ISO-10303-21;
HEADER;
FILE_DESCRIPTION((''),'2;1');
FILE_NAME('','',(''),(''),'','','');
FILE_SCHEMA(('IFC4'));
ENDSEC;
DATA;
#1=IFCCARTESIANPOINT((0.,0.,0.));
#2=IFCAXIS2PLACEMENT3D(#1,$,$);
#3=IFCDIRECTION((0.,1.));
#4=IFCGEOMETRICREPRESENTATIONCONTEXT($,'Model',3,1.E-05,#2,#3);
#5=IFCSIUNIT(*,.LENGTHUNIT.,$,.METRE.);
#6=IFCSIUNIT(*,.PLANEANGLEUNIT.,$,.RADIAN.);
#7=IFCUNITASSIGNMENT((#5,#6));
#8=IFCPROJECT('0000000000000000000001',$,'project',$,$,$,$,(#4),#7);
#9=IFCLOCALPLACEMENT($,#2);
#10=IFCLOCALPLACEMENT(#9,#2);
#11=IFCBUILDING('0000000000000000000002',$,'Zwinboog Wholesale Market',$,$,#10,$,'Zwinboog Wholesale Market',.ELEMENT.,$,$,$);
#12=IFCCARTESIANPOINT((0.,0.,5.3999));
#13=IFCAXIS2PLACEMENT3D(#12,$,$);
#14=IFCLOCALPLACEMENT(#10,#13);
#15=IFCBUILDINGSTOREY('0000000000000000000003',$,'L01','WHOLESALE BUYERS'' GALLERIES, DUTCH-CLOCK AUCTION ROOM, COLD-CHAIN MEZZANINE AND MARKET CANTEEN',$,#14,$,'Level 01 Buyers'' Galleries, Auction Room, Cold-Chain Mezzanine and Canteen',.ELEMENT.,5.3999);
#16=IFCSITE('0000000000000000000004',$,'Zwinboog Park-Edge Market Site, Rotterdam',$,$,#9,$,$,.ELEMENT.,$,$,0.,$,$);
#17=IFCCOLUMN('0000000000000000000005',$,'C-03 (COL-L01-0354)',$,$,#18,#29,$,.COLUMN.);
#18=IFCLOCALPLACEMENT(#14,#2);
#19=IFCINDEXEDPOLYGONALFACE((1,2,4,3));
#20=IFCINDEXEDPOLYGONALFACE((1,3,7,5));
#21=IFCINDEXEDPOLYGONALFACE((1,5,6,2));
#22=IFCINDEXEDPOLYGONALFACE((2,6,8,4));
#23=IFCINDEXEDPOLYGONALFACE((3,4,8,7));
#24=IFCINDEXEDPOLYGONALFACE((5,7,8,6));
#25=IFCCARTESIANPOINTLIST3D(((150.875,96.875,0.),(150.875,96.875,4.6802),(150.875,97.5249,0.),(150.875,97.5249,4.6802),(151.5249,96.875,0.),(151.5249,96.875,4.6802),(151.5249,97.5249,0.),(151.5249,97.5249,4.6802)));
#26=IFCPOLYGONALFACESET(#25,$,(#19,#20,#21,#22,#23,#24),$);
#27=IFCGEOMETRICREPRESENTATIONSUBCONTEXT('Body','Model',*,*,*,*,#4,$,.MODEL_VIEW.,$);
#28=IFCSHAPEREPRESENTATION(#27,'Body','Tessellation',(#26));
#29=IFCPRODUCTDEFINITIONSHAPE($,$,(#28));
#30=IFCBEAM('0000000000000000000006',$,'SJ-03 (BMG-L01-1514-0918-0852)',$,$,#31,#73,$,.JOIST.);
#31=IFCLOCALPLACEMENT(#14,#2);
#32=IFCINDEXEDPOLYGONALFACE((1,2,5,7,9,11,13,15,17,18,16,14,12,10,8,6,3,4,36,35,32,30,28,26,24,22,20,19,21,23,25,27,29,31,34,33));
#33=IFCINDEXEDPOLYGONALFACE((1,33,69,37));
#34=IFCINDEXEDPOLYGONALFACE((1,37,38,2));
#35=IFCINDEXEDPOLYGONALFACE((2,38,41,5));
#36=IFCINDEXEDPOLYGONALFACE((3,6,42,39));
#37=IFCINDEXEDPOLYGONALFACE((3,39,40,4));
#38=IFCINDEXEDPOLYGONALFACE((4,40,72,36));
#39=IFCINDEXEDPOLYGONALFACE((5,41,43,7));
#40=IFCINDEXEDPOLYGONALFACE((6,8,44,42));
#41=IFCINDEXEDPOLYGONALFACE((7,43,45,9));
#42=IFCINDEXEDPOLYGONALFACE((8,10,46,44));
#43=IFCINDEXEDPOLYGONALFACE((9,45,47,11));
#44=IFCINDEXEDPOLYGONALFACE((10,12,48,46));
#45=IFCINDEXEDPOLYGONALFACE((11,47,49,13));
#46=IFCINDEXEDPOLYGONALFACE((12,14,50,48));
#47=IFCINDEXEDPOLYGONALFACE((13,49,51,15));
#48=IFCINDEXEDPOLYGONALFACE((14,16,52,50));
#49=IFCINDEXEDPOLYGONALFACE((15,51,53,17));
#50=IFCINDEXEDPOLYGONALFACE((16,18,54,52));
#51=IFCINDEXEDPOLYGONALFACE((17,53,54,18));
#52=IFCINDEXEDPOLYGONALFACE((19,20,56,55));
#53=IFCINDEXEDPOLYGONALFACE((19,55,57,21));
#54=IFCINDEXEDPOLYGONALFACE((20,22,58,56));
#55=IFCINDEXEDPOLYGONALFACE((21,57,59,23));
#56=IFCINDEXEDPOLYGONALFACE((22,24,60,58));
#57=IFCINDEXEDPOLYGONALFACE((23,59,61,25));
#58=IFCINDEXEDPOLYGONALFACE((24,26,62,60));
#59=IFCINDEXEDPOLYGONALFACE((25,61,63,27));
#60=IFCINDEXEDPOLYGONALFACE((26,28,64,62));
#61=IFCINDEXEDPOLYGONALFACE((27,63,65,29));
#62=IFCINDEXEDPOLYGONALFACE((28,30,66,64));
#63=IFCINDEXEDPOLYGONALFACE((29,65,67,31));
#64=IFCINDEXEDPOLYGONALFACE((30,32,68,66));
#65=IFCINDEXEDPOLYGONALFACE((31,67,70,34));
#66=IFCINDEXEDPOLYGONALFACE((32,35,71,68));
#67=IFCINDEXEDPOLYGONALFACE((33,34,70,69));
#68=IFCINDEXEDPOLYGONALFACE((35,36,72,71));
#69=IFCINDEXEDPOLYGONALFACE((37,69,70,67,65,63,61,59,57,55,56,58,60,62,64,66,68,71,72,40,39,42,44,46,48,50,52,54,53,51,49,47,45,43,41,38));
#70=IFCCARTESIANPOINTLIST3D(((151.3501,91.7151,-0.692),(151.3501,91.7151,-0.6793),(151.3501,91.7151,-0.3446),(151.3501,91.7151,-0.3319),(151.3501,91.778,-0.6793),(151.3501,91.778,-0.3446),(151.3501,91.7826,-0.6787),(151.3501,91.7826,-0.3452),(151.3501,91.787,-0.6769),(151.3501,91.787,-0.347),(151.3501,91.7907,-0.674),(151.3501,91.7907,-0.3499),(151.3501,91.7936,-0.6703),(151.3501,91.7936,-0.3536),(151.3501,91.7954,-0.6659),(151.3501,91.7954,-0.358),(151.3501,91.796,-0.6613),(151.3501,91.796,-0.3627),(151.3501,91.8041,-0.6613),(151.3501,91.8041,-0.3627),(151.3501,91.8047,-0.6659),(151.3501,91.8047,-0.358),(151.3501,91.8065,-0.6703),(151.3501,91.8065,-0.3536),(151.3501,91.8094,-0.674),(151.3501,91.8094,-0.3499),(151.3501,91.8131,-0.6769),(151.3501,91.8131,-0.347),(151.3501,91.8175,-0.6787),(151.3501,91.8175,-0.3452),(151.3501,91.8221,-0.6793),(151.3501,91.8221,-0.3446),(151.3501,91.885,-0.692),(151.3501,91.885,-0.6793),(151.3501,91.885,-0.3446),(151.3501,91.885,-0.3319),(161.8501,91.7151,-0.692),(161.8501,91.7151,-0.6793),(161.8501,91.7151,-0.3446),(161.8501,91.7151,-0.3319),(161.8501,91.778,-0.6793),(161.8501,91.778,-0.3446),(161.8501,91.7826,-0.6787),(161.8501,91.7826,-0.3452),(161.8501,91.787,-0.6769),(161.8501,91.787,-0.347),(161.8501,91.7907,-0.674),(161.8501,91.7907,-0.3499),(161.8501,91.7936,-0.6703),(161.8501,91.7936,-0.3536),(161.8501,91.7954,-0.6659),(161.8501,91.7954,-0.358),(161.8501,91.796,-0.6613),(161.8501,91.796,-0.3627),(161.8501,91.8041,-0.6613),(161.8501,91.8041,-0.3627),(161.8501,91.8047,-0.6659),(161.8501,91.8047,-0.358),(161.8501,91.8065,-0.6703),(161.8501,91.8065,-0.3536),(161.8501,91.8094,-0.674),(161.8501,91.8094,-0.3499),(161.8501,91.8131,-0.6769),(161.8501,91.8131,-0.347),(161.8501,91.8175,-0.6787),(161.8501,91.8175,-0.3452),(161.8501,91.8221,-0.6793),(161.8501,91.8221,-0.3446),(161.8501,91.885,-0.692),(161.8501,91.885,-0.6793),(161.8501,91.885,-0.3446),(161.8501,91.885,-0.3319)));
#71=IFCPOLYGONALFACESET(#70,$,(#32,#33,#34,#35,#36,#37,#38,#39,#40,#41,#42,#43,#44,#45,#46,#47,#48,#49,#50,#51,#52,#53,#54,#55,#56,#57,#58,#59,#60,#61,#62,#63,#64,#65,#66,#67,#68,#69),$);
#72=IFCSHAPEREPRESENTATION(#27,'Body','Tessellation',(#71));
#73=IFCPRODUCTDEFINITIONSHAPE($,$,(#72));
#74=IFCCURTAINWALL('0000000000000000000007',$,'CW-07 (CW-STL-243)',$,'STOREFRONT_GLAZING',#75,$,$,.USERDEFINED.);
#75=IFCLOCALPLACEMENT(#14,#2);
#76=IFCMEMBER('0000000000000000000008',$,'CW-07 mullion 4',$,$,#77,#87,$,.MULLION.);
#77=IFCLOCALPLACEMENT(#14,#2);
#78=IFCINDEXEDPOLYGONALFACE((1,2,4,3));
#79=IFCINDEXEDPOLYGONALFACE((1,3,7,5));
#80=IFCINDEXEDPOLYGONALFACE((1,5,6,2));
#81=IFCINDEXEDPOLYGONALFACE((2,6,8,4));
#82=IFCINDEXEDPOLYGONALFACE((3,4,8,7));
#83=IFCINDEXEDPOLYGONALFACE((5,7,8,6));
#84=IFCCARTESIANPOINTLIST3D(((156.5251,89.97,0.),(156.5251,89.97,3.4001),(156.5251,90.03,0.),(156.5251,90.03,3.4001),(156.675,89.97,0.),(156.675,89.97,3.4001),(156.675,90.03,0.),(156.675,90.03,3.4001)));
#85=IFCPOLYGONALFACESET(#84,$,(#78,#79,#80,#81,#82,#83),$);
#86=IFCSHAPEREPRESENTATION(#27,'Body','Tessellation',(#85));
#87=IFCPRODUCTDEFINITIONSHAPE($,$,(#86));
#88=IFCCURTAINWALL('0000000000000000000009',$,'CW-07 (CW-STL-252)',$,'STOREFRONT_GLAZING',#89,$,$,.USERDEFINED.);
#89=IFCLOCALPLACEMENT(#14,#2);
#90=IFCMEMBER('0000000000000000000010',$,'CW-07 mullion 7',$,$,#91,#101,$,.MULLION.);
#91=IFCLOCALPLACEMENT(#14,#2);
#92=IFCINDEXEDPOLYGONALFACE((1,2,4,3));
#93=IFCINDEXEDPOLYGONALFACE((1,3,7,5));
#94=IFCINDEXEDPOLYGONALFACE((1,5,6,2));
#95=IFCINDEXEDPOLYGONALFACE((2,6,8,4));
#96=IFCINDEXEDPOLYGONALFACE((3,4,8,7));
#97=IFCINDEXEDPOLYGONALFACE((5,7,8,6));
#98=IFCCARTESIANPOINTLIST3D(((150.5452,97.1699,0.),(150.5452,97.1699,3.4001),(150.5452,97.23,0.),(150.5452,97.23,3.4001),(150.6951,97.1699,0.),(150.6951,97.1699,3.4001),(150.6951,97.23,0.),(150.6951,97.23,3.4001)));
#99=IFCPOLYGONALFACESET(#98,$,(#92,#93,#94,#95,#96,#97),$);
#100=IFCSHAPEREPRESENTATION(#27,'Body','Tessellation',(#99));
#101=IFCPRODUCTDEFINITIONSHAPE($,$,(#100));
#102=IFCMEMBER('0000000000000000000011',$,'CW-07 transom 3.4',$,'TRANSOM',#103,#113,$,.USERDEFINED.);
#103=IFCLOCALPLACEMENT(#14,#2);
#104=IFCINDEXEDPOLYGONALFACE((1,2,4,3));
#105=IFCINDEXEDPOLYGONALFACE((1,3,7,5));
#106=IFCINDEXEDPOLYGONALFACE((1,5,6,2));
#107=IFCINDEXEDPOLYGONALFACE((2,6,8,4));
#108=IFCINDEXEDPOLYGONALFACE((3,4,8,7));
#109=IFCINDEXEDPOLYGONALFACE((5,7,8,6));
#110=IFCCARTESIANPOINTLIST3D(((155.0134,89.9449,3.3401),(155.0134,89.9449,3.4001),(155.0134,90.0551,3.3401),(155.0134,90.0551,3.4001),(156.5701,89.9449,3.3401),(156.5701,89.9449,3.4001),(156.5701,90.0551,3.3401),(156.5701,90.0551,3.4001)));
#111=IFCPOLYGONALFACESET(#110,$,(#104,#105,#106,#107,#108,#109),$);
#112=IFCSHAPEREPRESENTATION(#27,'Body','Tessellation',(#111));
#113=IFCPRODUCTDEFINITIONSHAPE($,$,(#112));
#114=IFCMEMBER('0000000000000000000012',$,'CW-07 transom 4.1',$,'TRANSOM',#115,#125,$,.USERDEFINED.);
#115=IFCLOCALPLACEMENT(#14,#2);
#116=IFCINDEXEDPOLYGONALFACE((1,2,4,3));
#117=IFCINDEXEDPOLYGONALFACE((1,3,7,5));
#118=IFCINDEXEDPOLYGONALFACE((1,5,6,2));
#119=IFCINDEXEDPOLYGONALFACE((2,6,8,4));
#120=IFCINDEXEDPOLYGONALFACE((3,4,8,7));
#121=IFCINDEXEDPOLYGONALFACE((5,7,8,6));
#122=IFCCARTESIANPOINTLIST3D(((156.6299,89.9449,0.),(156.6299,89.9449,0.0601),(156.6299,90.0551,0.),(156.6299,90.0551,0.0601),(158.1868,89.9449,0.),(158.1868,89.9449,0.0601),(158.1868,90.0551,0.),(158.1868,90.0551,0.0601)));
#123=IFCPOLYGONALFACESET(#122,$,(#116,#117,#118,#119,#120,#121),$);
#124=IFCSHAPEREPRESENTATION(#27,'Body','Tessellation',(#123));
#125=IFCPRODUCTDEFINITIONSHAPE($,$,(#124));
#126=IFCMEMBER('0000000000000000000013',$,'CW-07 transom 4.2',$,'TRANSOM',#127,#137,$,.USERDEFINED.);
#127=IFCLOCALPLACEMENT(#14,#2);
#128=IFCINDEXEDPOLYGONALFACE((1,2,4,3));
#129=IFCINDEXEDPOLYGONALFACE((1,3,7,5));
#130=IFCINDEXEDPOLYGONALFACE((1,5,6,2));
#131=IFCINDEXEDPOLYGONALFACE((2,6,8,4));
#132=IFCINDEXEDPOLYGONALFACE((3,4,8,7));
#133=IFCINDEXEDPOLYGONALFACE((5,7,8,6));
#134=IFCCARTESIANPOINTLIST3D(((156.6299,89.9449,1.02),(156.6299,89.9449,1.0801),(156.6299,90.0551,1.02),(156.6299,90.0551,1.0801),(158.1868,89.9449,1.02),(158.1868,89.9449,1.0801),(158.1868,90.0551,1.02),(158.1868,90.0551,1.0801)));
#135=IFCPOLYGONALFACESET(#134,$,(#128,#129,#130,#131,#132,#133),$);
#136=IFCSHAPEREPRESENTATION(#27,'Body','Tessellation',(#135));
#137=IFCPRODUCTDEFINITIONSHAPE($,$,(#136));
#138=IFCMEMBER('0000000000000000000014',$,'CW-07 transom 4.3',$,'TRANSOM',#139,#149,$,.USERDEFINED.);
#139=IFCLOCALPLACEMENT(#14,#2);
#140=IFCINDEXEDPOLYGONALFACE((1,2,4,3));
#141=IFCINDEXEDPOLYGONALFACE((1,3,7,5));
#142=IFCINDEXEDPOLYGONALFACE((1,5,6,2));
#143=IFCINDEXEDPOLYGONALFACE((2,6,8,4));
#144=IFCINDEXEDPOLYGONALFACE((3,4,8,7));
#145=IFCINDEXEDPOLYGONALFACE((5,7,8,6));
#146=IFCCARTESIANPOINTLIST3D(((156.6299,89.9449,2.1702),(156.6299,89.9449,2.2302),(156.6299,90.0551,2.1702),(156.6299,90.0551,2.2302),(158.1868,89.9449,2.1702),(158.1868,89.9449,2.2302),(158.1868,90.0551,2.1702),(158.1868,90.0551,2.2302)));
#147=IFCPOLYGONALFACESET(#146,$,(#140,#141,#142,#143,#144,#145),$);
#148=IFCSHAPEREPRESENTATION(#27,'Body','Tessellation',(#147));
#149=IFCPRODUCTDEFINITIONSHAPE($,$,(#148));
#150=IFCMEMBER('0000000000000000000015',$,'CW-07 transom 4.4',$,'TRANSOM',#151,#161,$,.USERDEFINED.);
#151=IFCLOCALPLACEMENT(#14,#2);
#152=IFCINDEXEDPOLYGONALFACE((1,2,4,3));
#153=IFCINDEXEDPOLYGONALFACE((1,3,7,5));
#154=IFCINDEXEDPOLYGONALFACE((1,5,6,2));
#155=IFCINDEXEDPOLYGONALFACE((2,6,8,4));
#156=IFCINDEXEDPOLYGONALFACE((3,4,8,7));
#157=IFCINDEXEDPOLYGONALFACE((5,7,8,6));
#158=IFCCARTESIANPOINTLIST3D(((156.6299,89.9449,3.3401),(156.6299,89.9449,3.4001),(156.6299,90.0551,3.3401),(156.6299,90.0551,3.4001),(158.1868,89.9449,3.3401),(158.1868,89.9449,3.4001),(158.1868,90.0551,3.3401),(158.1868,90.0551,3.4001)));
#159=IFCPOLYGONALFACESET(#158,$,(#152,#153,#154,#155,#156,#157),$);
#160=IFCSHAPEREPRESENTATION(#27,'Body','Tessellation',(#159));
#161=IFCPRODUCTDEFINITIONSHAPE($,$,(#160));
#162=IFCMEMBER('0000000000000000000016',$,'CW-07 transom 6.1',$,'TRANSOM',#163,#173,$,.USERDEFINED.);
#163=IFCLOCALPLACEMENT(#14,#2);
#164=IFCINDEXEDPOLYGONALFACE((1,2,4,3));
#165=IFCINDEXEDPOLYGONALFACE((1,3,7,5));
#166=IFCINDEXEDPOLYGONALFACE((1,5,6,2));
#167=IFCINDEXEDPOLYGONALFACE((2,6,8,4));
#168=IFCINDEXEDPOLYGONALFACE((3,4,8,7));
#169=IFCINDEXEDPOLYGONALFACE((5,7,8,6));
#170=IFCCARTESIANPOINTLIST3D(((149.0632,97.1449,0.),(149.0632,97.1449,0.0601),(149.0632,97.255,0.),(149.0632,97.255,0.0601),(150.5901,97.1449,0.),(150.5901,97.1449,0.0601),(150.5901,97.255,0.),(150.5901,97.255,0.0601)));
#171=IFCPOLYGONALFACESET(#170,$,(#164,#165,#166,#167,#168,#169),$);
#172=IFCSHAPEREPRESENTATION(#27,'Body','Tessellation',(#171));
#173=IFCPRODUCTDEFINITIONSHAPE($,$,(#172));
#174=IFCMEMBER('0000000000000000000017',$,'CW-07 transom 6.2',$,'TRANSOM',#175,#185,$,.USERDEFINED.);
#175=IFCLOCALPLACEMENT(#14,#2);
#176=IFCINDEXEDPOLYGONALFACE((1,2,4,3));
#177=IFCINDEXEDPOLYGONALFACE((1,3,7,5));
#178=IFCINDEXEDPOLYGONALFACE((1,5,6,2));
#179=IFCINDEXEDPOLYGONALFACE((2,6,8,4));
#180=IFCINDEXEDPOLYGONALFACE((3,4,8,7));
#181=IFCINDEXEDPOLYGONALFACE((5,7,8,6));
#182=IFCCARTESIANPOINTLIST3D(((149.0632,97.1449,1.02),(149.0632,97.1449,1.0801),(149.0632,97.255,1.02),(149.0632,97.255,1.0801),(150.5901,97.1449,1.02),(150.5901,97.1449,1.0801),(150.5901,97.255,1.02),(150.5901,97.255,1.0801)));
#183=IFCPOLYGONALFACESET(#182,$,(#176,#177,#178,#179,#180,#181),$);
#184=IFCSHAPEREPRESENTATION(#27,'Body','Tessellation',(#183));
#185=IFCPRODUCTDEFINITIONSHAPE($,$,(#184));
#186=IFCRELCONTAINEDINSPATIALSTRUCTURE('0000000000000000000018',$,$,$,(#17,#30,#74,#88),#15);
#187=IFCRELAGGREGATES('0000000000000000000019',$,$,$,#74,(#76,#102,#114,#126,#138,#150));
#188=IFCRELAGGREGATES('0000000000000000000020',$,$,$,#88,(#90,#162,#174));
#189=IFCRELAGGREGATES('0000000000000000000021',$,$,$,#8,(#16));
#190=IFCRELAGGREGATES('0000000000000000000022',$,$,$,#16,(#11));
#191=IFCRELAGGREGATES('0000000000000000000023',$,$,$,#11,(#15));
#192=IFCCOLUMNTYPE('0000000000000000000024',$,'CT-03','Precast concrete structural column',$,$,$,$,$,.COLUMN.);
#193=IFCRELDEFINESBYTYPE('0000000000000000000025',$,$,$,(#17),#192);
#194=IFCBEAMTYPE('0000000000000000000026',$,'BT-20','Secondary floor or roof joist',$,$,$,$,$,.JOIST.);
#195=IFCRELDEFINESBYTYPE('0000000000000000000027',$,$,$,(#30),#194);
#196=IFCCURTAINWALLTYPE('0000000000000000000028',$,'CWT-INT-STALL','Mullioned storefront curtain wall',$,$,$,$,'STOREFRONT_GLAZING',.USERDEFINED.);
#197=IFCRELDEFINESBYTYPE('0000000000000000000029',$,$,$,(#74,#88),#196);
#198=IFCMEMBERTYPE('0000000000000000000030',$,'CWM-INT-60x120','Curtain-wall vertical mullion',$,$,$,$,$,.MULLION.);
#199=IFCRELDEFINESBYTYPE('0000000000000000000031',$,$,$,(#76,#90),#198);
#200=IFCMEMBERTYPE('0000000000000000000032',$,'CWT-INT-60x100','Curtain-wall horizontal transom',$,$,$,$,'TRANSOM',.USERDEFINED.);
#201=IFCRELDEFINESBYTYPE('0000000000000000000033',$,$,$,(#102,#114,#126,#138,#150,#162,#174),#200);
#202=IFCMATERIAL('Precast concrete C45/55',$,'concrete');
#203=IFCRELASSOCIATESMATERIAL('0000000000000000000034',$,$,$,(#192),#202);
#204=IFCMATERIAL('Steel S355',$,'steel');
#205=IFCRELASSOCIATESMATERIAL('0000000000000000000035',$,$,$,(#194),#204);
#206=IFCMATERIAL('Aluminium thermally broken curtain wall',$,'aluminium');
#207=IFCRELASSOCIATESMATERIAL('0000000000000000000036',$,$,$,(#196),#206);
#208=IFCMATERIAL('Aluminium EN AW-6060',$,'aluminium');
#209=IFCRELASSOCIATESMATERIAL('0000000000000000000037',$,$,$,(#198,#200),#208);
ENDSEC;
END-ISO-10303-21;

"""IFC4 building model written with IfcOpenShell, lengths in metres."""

from ifc_helpers import new_model, si_unit, direction, frame, origin, origin_2d, place, context, subcontext, project, spatial, rectangle, i_section, extrude, material, material_profile, profile_set, type_object, element, aggregate, save


model = new_model("IFC4")

# Units and contexts
model_context = context("Model", 3, precision=1e-05, world=origin(), true_north=direction((0.0, 1.0)))
body_context = subcontext(model_context, "Body", "Model", "MODEL_VIEW")
ifc_project = project(units=[si_unit("LENGTHUNIT", "METRE"), si_unit("PLANEANGLEUNIT", "RADIAN")], contexts=[model_context])

# Site, building, storey
site_placement = place(None, origin())
site = spatial("IfcSite", under=ifc_project, at=site_placement, Name="Zwinboog Park-Edge Market Site, Rotterdam", CompositionType="ELEMENT", RefElevation=0.0)
building_placement = place(site_placement, origin())
building = spatial("IfcBuilding", under=site, at=building_placement, Name="Zwinboog Wholesale Market", LongName="Zwinboog Wholesale Market", CompositionType="ELEMENT")
storey_placement = place(building_placement, frame((0.0, 0.0, 5.3999)))
storey = spatial("IfcBuildingStorey", under=building, at=storey_placement, Name="L01", Description="WHOLESALE BUYERS' GALLERIES, DUTCH-CLOCK AUCTION ROOM, COLD-CHAIN MEZZANINE AND MARKET CANTEEN", LongName="Level 01 Buyers' Galleries, Auction Room, Cold-Chain Mezzanine and Canteen", CompositionType="ELEMENT", Elevation=5.3999)

# Column
ifc_material_1 = material(Name="Precast concrete C45/55", Category="concrete")
ifc_material_profile_1 = material_profile(ifc_material_1, rectangle(XDim=0.6499, YDim=0.6499, at=origin_2d()), Name="PC 650x650")
ifc_profile_set_1 = profile_set([ifc_material_profile_1], Name="Precast concrete C45/55")
column_type = type_object("IfcColumnType", Name="CT-03", Description="Precast concrete structural column", PredefinedType="COLUMN", material=ifc_profile_set_1)
column_placement = place(storey_placement, frame((151.2, 97.2, 0.0), z_axis=(0.0, 0.0, 1.0), x_axis=(1.0, 0.0, 0.0)))
element("IfcColumn", 1, at=column_placement, inside=storey, type_object=column_type, Name="C-03 (COL-L01-0354)", PredefinedType="COLUMN", context=body_context, shape_type="SweptSolid", body=[
    extrude(rectangle(XDim=0.6499, YDim=0.6499, at=origin_2d()), origin(), (0.0, 0.0, 1.0), 4.6802),
])

# Beam
ifc_material_2 = material(Name="Steel S355", Category="steel")
ifc_material_profile_2 = material_profile(ifc_material_2, i_section(OverallWidth=0.1699, OverallDepth=0.3601, WebThickness=0.0081, FlangeThickness=0.0127, FilletRadius=0.0181, at=origin_2d()), Name="IPE 360")
ifc_profile_set_2 = profile_set([ifc_material_profile_2], Name="Steel S355")
beam_type = type_object("IfcBeamType", Name="BT-20", Description="Secondary floor or roof joist", PredefinedType="JOIST", material=ifc_profile_set_2)
beam_placement = place(storey_placement, frame((151.3501, 91.8, -0.512), z_axis=(1.0, 0.0, 0.0), x_axis=(0.0, 1.0, 0.0)))
element("IfcBeam", 2, at=beam_placement, inside=storey, type_object=beam_type, Name="SJ-03 (BMG-L01-1514-0918-0852)", PredefinedType="JOIST", context=body_context, shape_type="SweptSolid", body=[
    extrude(i_section(OverallWidth=0.1699, OverallDepth=0.3601, WebThickness=0.0081, FlangeThickness=0.0127, FilletRadius=0.0181, at=origin_2d()), origin(), (0.0, 0.0, 1.0), 10.5),
])

# Curtain walls, members
ifc_material_3 = material(Name="Aluminium thermally broken curtain wall", Category="aluminium")
curtain_wall_type = type_object("IfcCurtainWallType", Name="CWT-INT-STALL", Description="Mullioned storefront curtain wall", ElementType="STOREFRONT_GLAZING", PredefinedType="USERDEFINED", material=ifc_material_3)
curtain_wall_1_placement = place(storey_placement, origin())
curtain_wall_1 = element("IfcCurtainWall", 3, at=curtain_wall_1_placement, inside=storey, type_object=curtain_wall_type, Name="CW-07 (CW-STL-243)", ObjectType="STOREFRONT_GLAZING", PredefinedType="USERDEFINED")
ifc_material_4 = material(Name="Aluminium EN AW-6060", Category="aluminium")
ifc_material_profile_3 = material_profile(ifc_material_4, rectangle(XDim=0.0601, YDim=0.1499, at=origin_2d()), Name="AL 60x150")
ifc_profile_set_3 = profile_set([ifc_material_profile_3], Name="Aluminium EN AW-6060")
member_type_1 = type_object("IfcMemberType", Name="CWM-INT-60x120", Description="Curtain-wall vertical mullion", PredefinedType="MULLION", material=ifc_profile_set_3)
member_1_placement = place(storey_placement, frame((156.6001, 90.0, 0.0), z_axis=(0.0, 0.0, 1.0), x_axis=(0.0, 1.0, 0.0)))
member_1 = element("IfcMember", 4, at=member_1_placement, type_object=member_type_1, Name="CW-07 mullion 4", PredefinedType="MULLION", context=body_context, shape_type="SweptSolid", body=[
    extrude(rectangle(XDim=0.0601, YDim=0.1499, at=origin_2d()), origin(), (0.0, 0.0, 1.0), 3.4001),
])
curtain_wall_2_placement = place(storey_placement, origin())
curtain_wall_2 = element("IfcCurtainWall", 5, at=curtain_wall_2_placement, inside=storey, type_object=curtain_wall_type, Name="CW-07 (CW-STL-252)", ObjectType="STOREFRONT_GLAZING", PredefinedType="USERDEFINED")
member_2_placement = place(storey_placement, frame((150.6201, 97.2, 0.0), z_axis=(0.0, 0.0, 1.0), x_axis=(0.0, 1.0, 0.0)))
member_2 = element("IfcMember", 6, at=member_2_placement, type_object=member_type_1, Name="CW-07 mullion 7", PredefinedType="MULLION", context=body_context, shape_type="SweptSolid", body=[
    extrude(rectangle(XDim=0.0601, YDim=0.1499, at=origin_2d()), origin(), (0.0, 0.0, 1.0), 3.4001),
])

# Members
ifc_material_profile_4 = material_profile(ifc_material_4, rectangle(XDim=0.1101, YDim=0.0601, at=origin_2d()), Name="AL 60x110")
ifc_profile_set_4 = profile_set([ifc_material_profile_4], Name="Aluminium EN AW-6060")
member_type_2 = type_object("IfcMemberType", Name="CWT-INT-60x100", Description="Curtain-wall horizontal transom", ElementType="TRANSOM", PredefinedType="USERDEFINED", material=ifc_profile_set_4)
member_3_placement = place(storey_placement, frame((155.0134, 90.0, 3.3701), z_axis=(1.0, 0.0, 0.0), x_axis=(0.0, 1.0, 0.0)))
member_3 = element("IfcMember", 7, at=member_3_placement, type_object=member_type_2, Name="CW-07 transom 3.4", ObjectType="TRANSOM", PredefinedType="USERDEFINED", context=body_context, shape_type="SweptSolid", body=[
    extrude(rectangle(XDim=0.1101, YDim=0.0601, at=origin_2d()), origin(), (0.0, 0.0, 1.0), 1.5566),
])
member_4_placement = place(storey_placement, frame((156.6299, 90.0, 0.03), z_axis=(1.0, 0.0, 0.0), x_axis=(0.0, 1.0, 0.0)))
member_4 = element("IfcMember", 8, at=member_4_placement, type_object=member_type_2, Name="CW-07 transom 4.1", ObjectType="TRANSOM", PredefinedType="USERDEFINED", context=body_context, shape_type="SweptSolid", body=[
    extrude(rectangle(XDim=0.1101, YDim=0.0601, at=origin_2d()), origin(), (0.0, 0.0, 1.0), 1.5569),
])
member_5_placement = place(storey_placement, frame((156.6299, 90.0, 1.05), z_axis=(1.0, 0.0, 0.0), x_axis=(0.0, 1.0, 0.0)))
member_5 = element("IfcMember", 9, at=member_5_placement, type_object=member_type_2, Name="CW-07 transom 4.2", ObjectType="TRANSOM", PredefinedType="USERDEFINED", context=body_context, shape_type="SweptSolid", body=[
    extrude(rectangle(XDim=0.1101, YDim=0.0601, at=origin_2d()), origin(), (0.0, 0.0, 1.0), 1.5569),
])
member_6_placement = place(storey_placement, frame((156.6299, 90.0, 2.2002), z_axis=(1.0, 0.0, 0.0), x_axis=(0.0, 1.0, 0.0)))
member_6 = element("IfcMember", 10, at=member_6_placement, type_object=member_type_2, Name="CW-07 transom 4.3", ObjectType="TRANSOM", PredefinedType="USERDEFINED", context=body_context, shape_type="SweptSolid", body=[
    extrude(rectangle(XDim=0.1101, YDim=0.0601, at=origin_2d()), origin(), (0.0, 0.0, 1.0), 1.5569),
])
member_7_placement = place(storey_placement, frame((156.6299, 90.0, 3.3701), z_axis=(1.0, 0.0, 0.0), x_axis=(0.0, 1.0, 0.0)))
member_7 = element("IfcMember", 11, at=member_7_placement, type_object=member_type_2, Name="CW-07 transom 4.4", ObjectType="TRANSOM", PredefinedType="USERDEFINED", context=body_context, shape_type="SweptSolid", body=[
    extrude(rectangle(XDim=0.1101, YDim=0.0601, at=origin_2d()), origin(), (0.0, 0.0, 1.0), 1.5569),
])
member_8_placement = place(storey_placement, frame((149.0632, 97.2, 0.03), z_axis=(1.0, 0.0, 0.0), x_axis=(0.0, 1.0, 0.0)))
member_8 = element("IfcMember", 12, at=member_8_placement, type_object=member_type_2, Name="CW-07 transom 6.1", ObjectType="TRANSOM", PredefinedType="USERDEFINED", context=body_context, shape_type="SweptSolid", body=[
    extrude(rectangle(XDim=0.1101, YDim=0.0601, at=origin_2d()), origin(), (0.0, 0.0, 1.0), 1.5269),
])
member_9_placement = place(storey_placement, frame((149.0632, 97.2, 1.05), z_axis=(1.0, 0.0, 0.0), x_axis=(0.0, 1.0, 0.0)))
member_9 = element("IfcMember", 13, at=member_9_placement, type_object=member_type_2, Name="CW-07 transom 6.2", ObjectType="TRANSOM", PredefinedType="USERDEFINED", context=body_context, shape_type="SweptSolid", body=[
    extrude(rectangle(XDim=0.1101, YDim=0.0601, at=origin_2d()), origin(), (0.0, 0.0, 1.0), 1.5269),
])

aggregate(curtain_wall_1, [member_1, member_3, member_4, member_5, member_6, member_7])
aggregate(curtain_wall_2, [member_2, member_8, member_9])

save(model, "model.ifc")
